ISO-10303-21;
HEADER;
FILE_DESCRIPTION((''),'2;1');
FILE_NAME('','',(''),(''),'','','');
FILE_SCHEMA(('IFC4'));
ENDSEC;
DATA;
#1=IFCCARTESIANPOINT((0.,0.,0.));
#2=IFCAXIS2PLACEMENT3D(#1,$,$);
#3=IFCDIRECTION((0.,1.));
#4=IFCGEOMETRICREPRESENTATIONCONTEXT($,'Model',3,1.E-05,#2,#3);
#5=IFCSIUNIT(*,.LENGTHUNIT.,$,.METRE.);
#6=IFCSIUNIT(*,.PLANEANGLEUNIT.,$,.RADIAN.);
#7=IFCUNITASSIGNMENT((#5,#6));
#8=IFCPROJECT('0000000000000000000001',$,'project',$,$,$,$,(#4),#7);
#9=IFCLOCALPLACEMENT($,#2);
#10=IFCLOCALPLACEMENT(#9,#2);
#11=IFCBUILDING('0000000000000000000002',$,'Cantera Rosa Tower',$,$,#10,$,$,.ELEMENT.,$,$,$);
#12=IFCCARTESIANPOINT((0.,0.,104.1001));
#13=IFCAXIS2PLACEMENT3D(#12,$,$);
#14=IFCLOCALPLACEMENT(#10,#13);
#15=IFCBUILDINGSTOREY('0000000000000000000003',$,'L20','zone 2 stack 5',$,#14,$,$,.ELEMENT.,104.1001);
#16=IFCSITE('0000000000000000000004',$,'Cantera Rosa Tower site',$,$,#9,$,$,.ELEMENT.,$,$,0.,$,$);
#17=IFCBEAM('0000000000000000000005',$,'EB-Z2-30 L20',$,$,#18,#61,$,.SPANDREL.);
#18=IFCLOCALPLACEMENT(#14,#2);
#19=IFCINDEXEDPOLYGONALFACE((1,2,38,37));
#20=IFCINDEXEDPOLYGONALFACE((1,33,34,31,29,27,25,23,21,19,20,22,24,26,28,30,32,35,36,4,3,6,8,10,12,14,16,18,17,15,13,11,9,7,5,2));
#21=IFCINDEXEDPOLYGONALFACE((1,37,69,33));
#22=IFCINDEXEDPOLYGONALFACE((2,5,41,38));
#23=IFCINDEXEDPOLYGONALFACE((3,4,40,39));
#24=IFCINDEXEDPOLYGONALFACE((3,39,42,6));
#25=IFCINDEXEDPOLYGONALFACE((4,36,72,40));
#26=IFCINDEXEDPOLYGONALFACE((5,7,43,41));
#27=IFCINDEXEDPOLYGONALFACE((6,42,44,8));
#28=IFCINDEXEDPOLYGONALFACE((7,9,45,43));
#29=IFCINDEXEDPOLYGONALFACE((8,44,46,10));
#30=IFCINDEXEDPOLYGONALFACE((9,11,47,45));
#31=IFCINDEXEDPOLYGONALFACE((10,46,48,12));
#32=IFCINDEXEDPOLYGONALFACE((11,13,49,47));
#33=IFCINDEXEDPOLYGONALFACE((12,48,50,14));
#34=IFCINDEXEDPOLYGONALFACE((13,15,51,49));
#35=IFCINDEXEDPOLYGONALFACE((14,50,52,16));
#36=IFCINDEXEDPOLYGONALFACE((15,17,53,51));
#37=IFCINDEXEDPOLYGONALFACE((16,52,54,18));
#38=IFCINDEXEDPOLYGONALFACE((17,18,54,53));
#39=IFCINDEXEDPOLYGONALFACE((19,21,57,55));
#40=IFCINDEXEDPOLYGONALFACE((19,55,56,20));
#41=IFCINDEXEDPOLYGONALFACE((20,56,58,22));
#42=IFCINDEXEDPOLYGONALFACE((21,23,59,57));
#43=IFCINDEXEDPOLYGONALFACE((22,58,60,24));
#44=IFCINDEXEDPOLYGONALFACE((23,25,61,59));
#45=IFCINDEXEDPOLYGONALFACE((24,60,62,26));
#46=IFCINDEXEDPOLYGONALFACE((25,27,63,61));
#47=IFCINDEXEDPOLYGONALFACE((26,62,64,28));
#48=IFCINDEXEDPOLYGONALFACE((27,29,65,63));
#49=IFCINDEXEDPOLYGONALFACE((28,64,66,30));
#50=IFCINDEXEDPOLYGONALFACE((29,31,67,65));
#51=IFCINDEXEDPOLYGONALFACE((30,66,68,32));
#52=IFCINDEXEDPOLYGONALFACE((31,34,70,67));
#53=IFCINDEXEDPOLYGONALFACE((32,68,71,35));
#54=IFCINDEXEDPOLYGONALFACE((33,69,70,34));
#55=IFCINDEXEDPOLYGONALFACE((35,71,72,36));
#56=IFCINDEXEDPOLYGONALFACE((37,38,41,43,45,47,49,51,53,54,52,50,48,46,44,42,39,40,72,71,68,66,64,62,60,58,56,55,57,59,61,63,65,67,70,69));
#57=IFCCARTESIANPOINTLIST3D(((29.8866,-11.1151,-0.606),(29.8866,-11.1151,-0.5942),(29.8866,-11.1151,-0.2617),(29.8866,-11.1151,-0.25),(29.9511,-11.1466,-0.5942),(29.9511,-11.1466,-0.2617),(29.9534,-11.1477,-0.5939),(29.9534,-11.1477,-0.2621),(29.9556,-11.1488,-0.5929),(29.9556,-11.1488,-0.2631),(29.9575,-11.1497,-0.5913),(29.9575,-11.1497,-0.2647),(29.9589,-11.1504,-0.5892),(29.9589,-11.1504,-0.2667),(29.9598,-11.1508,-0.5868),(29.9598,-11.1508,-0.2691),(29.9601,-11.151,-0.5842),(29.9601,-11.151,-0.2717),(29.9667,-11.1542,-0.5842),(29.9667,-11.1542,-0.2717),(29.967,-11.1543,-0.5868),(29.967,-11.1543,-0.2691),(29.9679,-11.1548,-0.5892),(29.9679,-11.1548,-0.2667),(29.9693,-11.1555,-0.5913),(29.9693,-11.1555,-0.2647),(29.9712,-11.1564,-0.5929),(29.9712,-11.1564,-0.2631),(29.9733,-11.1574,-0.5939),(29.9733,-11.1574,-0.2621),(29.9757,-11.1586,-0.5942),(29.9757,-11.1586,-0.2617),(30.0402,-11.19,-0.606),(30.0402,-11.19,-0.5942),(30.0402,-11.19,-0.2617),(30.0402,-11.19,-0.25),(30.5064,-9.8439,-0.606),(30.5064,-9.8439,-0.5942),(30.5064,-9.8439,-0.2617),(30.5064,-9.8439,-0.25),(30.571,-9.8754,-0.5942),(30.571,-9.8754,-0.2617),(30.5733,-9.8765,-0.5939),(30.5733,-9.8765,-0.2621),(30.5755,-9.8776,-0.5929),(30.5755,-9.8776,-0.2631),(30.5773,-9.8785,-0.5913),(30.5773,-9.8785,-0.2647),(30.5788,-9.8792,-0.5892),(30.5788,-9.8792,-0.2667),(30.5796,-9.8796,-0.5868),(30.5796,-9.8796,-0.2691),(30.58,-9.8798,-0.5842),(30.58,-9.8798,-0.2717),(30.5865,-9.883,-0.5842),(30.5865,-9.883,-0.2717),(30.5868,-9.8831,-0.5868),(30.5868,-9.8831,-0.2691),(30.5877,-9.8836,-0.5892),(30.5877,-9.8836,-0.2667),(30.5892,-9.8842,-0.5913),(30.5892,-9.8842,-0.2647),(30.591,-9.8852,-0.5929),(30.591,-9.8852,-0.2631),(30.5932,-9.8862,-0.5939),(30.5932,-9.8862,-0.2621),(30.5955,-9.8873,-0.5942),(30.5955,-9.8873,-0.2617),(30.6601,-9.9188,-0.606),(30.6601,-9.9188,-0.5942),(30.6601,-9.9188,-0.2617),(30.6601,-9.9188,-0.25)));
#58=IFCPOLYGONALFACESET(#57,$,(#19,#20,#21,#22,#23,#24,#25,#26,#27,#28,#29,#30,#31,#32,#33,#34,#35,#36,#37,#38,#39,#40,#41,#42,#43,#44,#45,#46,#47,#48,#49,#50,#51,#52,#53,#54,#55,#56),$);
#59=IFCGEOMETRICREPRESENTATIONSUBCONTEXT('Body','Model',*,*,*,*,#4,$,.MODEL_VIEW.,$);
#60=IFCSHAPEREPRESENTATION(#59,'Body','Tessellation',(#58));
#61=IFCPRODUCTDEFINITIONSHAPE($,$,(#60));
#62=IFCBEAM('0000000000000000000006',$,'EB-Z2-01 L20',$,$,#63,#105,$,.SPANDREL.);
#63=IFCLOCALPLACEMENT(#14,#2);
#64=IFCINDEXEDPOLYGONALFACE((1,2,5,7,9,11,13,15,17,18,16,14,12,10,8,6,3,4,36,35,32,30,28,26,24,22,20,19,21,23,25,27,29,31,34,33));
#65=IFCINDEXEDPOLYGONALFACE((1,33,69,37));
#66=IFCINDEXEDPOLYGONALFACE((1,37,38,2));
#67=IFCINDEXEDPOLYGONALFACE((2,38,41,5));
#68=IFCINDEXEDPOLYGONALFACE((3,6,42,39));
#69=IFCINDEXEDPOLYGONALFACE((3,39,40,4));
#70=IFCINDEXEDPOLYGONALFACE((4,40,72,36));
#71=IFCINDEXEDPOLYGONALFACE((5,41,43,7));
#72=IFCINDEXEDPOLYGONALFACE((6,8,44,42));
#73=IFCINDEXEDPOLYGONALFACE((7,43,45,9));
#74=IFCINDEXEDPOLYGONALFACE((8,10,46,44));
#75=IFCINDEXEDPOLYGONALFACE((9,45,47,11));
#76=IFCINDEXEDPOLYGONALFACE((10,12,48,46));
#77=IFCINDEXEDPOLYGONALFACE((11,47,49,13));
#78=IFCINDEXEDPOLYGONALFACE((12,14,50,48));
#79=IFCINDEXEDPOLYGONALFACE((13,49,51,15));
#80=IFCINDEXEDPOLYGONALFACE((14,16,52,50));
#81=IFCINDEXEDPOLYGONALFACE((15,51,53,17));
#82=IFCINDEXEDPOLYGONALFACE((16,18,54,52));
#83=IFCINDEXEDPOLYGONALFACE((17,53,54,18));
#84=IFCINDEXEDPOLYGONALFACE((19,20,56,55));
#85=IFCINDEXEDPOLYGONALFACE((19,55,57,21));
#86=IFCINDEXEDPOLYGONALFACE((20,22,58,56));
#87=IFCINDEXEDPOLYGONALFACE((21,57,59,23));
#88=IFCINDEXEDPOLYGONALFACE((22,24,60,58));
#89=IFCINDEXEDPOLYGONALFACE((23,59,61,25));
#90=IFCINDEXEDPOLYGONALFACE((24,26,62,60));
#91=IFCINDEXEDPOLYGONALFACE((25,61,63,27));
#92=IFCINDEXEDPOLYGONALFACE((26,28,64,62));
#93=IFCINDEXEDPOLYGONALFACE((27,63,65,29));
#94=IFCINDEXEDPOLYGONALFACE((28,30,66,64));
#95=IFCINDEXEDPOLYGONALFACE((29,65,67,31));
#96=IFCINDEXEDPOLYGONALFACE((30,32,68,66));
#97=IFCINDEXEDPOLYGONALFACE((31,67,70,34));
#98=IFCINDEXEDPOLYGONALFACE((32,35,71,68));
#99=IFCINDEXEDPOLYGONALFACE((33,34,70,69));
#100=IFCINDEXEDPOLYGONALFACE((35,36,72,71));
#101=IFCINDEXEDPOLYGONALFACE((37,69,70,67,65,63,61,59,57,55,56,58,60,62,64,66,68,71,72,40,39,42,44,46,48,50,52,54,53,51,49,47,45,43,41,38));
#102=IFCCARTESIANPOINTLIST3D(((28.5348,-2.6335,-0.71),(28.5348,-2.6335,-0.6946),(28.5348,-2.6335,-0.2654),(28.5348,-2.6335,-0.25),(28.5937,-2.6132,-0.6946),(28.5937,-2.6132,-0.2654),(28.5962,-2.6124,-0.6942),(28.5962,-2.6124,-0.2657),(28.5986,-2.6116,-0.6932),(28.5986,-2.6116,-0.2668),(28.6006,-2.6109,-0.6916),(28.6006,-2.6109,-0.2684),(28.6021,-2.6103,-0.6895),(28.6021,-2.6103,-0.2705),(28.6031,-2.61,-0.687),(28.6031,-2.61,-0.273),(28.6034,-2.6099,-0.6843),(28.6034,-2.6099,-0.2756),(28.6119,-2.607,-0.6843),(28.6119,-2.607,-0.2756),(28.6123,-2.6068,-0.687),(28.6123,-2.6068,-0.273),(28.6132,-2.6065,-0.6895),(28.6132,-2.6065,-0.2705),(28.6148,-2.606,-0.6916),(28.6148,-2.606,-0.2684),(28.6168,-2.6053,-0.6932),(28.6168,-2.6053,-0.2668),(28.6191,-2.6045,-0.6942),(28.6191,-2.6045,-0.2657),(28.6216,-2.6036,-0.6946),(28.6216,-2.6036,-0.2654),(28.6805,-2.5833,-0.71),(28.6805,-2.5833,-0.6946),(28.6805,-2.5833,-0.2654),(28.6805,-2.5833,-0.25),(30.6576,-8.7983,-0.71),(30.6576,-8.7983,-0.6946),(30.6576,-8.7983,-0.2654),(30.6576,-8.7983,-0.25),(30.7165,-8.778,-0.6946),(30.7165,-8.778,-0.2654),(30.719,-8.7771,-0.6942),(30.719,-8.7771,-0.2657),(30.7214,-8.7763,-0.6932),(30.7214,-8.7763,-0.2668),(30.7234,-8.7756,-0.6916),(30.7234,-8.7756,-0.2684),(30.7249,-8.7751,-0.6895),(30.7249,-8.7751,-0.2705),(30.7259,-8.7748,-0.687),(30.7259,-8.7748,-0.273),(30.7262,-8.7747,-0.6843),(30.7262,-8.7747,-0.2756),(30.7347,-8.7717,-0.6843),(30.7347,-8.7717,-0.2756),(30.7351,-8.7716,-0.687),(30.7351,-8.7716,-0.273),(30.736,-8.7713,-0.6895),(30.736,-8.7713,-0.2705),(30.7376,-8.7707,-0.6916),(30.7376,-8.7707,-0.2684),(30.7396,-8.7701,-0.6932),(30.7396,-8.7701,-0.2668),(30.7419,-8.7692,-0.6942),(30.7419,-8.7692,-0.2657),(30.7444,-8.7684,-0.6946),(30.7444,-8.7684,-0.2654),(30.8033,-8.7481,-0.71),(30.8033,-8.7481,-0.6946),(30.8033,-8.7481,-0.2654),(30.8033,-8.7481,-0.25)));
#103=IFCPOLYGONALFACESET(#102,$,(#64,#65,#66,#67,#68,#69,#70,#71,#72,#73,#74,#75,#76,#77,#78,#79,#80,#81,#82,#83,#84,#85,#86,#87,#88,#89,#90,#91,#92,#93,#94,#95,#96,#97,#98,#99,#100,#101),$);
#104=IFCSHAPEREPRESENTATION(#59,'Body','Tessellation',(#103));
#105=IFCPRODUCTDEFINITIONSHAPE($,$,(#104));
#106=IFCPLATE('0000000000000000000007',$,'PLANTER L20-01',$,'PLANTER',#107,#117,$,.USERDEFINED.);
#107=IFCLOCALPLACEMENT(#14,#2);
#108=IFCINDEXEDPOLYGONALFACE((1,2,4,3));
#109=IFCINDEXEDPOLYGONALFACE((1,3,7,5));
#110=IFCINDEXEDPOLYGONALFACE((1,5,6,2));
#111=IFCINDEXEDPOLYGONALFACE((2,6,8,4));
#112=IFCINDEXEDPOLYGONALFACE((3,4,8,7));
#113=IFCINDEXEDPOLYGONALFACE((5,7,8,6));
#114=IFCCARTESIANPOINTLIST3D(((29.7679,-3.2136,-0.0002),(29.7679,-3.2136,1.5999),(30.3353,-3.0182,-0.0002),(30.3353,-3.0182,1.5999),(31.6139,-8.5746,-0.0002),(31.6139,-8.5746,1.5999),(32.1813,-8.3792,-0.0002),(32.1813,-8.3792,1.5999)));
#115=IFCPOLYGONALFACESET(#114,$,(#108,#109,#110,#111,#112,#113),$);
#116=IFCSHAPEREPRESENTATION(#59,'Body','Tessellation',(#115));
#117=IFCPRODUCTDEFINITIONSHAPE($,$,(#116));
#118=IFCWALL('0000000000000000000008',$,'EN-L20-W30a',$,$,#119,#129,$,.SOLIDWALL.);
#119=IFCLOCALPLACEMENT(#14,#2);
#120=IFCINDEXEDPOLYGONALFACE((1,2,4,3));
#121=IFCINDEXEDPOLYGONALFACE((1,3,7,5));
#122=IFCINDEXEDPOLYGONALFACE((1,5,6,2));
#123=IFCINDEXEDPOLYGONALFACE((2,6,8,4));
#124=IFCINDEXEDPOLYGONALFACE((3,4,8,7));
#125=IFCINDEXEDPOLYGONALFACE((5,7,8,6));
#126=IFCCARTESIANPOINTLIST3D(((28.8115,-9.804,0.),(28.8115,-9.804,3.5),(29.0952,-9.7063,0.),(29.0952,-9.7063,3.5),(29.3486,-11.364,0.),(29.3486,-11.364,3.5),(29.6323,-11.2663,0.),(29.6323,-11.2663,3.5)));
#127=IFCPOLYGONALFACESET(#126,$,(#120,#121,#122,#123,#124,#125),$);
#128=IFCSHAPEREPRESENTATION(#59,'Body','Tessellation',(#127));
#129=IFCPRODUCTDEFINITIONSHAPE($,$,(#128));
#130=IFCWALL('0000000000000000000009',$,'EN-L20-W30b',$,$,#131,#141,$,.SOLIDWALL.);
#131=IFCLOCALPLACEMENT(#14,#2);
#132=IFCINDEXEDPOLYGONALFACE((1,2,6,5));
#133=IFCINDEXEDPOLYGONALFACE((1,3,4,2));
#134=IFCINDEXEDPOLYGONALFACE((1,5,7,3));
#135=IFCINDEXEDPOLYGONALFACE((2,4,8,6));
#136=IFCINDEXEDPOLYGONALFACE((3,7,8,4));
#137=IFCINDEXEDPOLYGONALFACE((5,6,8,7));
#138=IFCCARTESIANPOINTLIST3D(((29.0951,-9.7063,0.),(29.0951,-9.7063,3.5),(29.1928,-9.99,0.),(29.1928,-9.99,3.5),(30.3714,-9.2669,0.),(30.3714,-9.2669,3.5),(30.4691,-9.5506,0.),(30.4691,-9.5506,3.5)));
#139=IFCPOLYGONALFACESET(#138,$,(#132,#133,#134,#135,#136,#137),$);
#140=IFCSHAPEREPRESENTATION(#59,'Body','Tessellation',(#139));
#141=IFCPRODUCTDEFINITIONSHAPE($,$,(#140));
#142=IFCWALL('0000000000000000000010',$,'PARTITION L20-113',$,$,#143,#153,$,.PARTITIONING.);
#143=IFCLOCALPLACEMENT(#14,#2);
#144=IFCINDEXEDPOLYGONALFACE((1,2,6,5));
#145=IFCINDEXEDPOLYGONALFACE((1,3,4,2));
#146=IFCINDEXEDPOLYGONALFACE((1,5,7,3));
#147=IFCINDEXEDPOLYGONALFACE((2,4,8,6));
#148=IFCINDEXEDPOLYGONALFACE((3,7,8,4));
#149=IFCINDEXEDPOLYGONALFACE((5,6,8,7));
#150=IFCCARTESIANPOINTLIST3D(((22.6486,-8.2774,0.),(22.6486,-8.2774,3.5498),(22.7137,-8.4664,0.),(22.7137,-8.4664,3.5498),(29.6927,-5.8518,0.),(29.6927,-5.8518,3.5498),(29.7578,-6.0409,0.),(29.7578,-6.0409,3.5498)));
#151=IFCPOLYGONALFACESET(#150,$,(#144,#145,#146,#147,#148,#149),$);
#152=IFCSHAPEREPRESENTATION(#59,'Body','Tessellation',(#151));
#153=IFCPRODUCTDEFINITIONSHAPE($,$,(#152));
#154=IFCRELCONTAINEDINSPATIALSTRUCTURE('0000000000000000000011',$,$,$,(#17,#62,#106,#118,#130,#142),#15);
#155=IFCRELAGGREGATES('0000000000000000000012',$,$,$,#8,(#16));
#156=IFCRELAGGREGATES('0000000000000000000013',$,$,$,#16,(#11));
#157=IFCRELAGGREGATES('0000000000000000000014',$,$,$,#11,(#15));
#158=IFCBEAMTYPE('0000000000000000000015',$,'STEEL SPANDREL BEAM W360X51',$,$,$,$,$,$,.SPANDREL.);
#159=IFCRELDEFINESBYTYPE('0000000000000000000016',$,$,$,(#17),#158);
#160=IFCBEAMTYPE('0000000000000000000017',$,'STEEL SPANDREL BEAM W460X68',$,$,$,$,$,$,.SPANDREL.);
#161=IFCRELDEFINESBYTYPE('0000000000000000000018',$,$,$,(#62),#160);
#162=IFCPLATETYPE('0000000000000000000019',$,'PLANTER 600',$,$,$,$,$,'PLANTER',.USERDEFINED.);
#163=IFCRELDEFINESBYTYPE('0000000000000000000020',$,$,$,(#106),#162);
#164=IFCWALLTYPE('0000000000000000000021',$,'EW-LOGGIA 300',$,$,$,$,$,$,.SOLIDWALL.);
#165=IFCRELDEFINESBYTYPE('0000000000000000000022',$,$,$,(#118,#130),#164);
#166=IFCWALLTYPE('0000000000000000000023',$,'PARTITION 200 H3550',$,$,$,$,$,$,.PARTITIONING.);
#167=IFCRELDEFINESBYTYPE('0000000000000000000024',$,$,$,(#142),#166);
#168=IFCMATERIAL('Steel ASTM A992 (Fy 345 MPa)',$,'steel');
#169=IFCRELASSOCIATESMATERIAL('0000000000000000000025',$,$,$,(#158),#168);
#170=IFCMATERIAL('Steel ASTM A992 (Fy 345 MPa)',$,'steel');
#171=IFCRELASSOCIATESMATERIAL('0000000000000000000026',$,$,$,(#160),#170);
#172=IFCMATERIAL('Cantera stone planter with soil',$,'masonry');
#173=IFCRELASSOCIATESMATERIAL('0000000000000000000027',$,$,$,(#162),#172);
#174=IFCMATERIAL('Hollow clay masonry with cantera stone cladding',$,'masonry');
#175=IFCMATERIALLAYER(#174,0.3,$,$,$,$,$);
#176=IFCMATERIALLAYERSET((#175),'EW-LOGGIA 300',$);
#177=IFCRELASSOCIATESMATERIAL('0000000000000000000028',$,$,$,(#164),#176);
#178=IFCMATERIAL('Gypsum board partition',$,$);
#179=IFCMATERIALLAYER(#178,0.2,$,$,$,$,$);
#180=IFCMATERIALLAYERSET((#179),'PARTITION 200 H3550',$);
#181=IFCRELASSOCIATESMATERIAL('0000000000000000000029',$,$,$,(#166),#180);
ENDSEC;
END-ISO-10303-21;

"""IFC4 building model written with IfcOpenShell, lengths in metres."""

from ifc_helpers import new_model, si_unit, direction, frame, frame_2d, origin, origin_2d, place, context, subcontext, project, spatial, rectangle, i_section, extrude, material, layer, layer_set, material_profile, profile_set, type_object, element, save


model = new_model("IFC4")

# Units and contexts
model_context = context("Model", 3, precision=1e-05, world=origin(), true_north=direction((0.0, 1.0)))
body_context = subcontext(model_context, "Body", "Model", "MODEL_VIEW")
ifc_project = project(units=[si_unit("LENGTHUNIT", "METRE"), si_unit("PLANEANGLEUNIT", "RADIAN")], contexts=[model_context])

# Site, building, storey
site_placement = place(None, origin())
site = spatial("IfcSite", under=ifc_project, at=site_placement, Name="Cantera Rosa Tower site", CompositionType="ELEMENT", RefElevation=0.0)
building_placement = place(site_placement, origin())
building = spatial("IfcBuilding", under=site, at=building_placement, Name="Cantera Rosa Tower", CompositionType="ELEMENT")
storey_placement = place(building_placement, frame((0.0, 0.0, 104.1001)))
storey = spatial("IfcBuildingStorey", under=building, at=storey_placement, Name="L20", Description="zone 2 stack 5", CompositionType="ELEMENT", Elevation=104.1001)

# Beams
ifc_material_1 = material(Name="Steel ASTM A992 (Fy 345 MPa)", Category="steel")
ifc_material_profile_1 = material_profile(ifc_material_1, i_section(OverallWidth=0.1709, OverallDepth=0.356, WebThickness=0.0073, FlangeThickness=0.0117, FilletRadius=0.01, at=origin_2d()), Name="W360X51")
ifc_profile_set_1 = profile_set([ifc_material_profile_1], Name="Steel ASTM A992 (Fy 345 MPa)")
beam_type_1 = type_object("IfcBeamType", Name="STEEL SPANDREL BEAM W360X51", PredefinedType="SPANDREL", material=ifc_profile_set_1)
for number, where, z_axis, x_axis, name in (
    (1, (29.9634, -11.1526, -0.428), (0.438284, 0.898836, 0.0), (-0.898836, 0.438284, 0.0), "EB-Z2-30 L20"),
):
    element("IfcBeam", number, at=place(storey_placement, frame(where, z_axis=z_axis, x_axis=x_axis)), inside=storey, type_object=beam_type_1, Name=name, PredefinedType="SPANDREL", context=body_context, shape_type="SweptSolid", body=[
        extrude(i_section(OverallWidth=0.1709, OverallDepth=0.356, WebThickness=0.0073, FlangeThickness=0.0117, FilletRadius=0.01, at=origin_2d()), origin(), (0.0, 0.0, 1.0), 1.4143),
    ])
ifc_material_2 = material(Name="Steel ASTM A992 (Fy 345 MPa)", Category="steel")
ifc_material_profile_2 = material_profile(ifc_material_2, i_section(OverallWidth=0.1541, OverallDepth=0.46, WebThickness=0.009, FlangeThickness=0.0154, FilletRadius=0.0103, at=origin_2d()), Name="W460X68")
ifc_profile_set_2 = profile_set([ifc_material_profile_2], Name="Steel ASTM A992 (Fy 345 MPa)")
beam_type_2 = type_object("IfcBeamType", Name="STEEL SPANDREL BEAM W460X68", PredefinedType="SPANDREL", material=ifc_profile_set_2)
beam_1_placement = place(storey_placement, frame((30.7305, -8.7732, -0.48), z_axis=(-0.325581, 0.945514, 0.0), x_axis=(-0.945514, -0.325581, 0.0)))
element("IfcBeam", 2, at=beam_1_placement, inside=storey, type_object=beam_type_2, Name="EB-Z2-01 L20", PredefinedType="SPANDREL", context=body_context, shape_type="SweptSolid", body=[
    extrude(i_section(OverallWidth=0.1541, OverallDepth=0.46, WebThickness=0.009, FlangeThickness=0.0154, FilletRadius=0.0103, at=origin_2d()), origin(), (0.0, 0.0, 1.0), 6.52),
])

# Plate
ifc_material_3 = material(Name="Cantera stone planter with soil", Category="masonry")
plate_type = type_object("IfcPlateType", Name="PLANTER 600", ElementType="PLANTER", PredefinedType="USERDEFINED", material=ifc_material_3)
plate_placement = place(storey_placement, frame((30.9746, -5.7964, -0.0002), z_axis=(0.0, 0.0, 1.0), x_axis=(-0.325568, 0.945519, 0.0)))
element("IfcPlate", 3, at=plate_placement, inside=storey, type_object=plate_type, Name="PLANTER L20-01", ObjectType="PLANTER", PredefinedType="USERDEFINED", context=body_context, shape_type="SweptSolid", body=[
    extrude(rectangle(XDim=5.6699, YDim=0.6001, at=origin_2d()), origin(), (0.0, 0.0, 1.0), 1.6001),
])

# Walls
ifc_material_4 = material(Name="Hollow clay masonry with cantera stone cladding", Category="masonry")
ifc_layer_1 = layer(ifc_material_4, 0.3)
ifc_layer_set_1 = layer_set([ifc_layer_1], Name="EW-LOGGIA 300")
wall_type_1 = type_object("IfcWallType", Name="EW-LOGGIA 300", PredefinedType="SOLIDWALL", material=ifc_layer_set_1)
wall_1_placement = place(storey_placement, frame((29.4905, -11.3152, 0.0), z_axis=(0.0, 0.0, 1.0), x_axis=(-0.325535, 0.94553, 0.0)))
element("IfcWall", 4, at=wall_1_placement, inside=storey, type_object=wall_type_1, Name="EN-L20-W30a", PredefinedType="SOLIDWALL", context=body_context, shape_type="SweptSolid", body=[
    extrude(rectangle(XDim=1.6499, YDim=0.3, at=frame_2d((0.825, 0.0))), origin(), (0.0, 0.0, 1.0), 3.5),
])
wall_2_placement = place(storey_placement, frame((29.144, -9.8481, 0.0), z_axis=(0.0, 0.0, 1.0), x_axis=(0.945527, 0.325545, 0.0)))
element("IfcWall", 5, at=wall_2_placement, inside=storey, type_object=wall_type_1, Name="EN-L20-W30b", PredefinedType="SOLIDWALL", context=body_context, shape_type="SweptSolid", body=[
    extrude(rectangle(XDim=1.3499, YDim=0.3, at=frame_2d((0.6748, 0.0))), origin(), (0.0, 0.0, 1.0), 3.5),
])

# Wall
ifc_material_5 = material(Name="Gypsum board partition")
ifc_layer_2 = layer(ifc_material_5, 0.2)
ifc_layer_set_2 = layer_set([ifc_layer_2], Name="PARTITION 200 H3550")
wall_type_2 = type_object("IfcWallType", Name="PARTITION 200 H3550", PredefinedType="PARTITIONING", material=ifc_layer_set_2)
wall_3_placement = place(storey_placement, frame((29.7253, -5.9463, 0.0), z_axis=(0.0, 0.0, 1.0), x_axis=(-0.945514, -0.325582, 0.0)))
element("IfcWall", 6, at=wall_3_placement, inside=storey, type_object=wall_type_2, Name="PARTITION L20-113", PredefinedType="PARTITIONING", context=body_context, shape_type="SweptSolid", body=[
    extrude(rectangle(XDim=7.45, YDim=0.2, at=frame_2d((3.7251, 0.0))), origin(), (0.0, 0.0, 1.0), 3.5498),
])

save(model, "model.ifc")
